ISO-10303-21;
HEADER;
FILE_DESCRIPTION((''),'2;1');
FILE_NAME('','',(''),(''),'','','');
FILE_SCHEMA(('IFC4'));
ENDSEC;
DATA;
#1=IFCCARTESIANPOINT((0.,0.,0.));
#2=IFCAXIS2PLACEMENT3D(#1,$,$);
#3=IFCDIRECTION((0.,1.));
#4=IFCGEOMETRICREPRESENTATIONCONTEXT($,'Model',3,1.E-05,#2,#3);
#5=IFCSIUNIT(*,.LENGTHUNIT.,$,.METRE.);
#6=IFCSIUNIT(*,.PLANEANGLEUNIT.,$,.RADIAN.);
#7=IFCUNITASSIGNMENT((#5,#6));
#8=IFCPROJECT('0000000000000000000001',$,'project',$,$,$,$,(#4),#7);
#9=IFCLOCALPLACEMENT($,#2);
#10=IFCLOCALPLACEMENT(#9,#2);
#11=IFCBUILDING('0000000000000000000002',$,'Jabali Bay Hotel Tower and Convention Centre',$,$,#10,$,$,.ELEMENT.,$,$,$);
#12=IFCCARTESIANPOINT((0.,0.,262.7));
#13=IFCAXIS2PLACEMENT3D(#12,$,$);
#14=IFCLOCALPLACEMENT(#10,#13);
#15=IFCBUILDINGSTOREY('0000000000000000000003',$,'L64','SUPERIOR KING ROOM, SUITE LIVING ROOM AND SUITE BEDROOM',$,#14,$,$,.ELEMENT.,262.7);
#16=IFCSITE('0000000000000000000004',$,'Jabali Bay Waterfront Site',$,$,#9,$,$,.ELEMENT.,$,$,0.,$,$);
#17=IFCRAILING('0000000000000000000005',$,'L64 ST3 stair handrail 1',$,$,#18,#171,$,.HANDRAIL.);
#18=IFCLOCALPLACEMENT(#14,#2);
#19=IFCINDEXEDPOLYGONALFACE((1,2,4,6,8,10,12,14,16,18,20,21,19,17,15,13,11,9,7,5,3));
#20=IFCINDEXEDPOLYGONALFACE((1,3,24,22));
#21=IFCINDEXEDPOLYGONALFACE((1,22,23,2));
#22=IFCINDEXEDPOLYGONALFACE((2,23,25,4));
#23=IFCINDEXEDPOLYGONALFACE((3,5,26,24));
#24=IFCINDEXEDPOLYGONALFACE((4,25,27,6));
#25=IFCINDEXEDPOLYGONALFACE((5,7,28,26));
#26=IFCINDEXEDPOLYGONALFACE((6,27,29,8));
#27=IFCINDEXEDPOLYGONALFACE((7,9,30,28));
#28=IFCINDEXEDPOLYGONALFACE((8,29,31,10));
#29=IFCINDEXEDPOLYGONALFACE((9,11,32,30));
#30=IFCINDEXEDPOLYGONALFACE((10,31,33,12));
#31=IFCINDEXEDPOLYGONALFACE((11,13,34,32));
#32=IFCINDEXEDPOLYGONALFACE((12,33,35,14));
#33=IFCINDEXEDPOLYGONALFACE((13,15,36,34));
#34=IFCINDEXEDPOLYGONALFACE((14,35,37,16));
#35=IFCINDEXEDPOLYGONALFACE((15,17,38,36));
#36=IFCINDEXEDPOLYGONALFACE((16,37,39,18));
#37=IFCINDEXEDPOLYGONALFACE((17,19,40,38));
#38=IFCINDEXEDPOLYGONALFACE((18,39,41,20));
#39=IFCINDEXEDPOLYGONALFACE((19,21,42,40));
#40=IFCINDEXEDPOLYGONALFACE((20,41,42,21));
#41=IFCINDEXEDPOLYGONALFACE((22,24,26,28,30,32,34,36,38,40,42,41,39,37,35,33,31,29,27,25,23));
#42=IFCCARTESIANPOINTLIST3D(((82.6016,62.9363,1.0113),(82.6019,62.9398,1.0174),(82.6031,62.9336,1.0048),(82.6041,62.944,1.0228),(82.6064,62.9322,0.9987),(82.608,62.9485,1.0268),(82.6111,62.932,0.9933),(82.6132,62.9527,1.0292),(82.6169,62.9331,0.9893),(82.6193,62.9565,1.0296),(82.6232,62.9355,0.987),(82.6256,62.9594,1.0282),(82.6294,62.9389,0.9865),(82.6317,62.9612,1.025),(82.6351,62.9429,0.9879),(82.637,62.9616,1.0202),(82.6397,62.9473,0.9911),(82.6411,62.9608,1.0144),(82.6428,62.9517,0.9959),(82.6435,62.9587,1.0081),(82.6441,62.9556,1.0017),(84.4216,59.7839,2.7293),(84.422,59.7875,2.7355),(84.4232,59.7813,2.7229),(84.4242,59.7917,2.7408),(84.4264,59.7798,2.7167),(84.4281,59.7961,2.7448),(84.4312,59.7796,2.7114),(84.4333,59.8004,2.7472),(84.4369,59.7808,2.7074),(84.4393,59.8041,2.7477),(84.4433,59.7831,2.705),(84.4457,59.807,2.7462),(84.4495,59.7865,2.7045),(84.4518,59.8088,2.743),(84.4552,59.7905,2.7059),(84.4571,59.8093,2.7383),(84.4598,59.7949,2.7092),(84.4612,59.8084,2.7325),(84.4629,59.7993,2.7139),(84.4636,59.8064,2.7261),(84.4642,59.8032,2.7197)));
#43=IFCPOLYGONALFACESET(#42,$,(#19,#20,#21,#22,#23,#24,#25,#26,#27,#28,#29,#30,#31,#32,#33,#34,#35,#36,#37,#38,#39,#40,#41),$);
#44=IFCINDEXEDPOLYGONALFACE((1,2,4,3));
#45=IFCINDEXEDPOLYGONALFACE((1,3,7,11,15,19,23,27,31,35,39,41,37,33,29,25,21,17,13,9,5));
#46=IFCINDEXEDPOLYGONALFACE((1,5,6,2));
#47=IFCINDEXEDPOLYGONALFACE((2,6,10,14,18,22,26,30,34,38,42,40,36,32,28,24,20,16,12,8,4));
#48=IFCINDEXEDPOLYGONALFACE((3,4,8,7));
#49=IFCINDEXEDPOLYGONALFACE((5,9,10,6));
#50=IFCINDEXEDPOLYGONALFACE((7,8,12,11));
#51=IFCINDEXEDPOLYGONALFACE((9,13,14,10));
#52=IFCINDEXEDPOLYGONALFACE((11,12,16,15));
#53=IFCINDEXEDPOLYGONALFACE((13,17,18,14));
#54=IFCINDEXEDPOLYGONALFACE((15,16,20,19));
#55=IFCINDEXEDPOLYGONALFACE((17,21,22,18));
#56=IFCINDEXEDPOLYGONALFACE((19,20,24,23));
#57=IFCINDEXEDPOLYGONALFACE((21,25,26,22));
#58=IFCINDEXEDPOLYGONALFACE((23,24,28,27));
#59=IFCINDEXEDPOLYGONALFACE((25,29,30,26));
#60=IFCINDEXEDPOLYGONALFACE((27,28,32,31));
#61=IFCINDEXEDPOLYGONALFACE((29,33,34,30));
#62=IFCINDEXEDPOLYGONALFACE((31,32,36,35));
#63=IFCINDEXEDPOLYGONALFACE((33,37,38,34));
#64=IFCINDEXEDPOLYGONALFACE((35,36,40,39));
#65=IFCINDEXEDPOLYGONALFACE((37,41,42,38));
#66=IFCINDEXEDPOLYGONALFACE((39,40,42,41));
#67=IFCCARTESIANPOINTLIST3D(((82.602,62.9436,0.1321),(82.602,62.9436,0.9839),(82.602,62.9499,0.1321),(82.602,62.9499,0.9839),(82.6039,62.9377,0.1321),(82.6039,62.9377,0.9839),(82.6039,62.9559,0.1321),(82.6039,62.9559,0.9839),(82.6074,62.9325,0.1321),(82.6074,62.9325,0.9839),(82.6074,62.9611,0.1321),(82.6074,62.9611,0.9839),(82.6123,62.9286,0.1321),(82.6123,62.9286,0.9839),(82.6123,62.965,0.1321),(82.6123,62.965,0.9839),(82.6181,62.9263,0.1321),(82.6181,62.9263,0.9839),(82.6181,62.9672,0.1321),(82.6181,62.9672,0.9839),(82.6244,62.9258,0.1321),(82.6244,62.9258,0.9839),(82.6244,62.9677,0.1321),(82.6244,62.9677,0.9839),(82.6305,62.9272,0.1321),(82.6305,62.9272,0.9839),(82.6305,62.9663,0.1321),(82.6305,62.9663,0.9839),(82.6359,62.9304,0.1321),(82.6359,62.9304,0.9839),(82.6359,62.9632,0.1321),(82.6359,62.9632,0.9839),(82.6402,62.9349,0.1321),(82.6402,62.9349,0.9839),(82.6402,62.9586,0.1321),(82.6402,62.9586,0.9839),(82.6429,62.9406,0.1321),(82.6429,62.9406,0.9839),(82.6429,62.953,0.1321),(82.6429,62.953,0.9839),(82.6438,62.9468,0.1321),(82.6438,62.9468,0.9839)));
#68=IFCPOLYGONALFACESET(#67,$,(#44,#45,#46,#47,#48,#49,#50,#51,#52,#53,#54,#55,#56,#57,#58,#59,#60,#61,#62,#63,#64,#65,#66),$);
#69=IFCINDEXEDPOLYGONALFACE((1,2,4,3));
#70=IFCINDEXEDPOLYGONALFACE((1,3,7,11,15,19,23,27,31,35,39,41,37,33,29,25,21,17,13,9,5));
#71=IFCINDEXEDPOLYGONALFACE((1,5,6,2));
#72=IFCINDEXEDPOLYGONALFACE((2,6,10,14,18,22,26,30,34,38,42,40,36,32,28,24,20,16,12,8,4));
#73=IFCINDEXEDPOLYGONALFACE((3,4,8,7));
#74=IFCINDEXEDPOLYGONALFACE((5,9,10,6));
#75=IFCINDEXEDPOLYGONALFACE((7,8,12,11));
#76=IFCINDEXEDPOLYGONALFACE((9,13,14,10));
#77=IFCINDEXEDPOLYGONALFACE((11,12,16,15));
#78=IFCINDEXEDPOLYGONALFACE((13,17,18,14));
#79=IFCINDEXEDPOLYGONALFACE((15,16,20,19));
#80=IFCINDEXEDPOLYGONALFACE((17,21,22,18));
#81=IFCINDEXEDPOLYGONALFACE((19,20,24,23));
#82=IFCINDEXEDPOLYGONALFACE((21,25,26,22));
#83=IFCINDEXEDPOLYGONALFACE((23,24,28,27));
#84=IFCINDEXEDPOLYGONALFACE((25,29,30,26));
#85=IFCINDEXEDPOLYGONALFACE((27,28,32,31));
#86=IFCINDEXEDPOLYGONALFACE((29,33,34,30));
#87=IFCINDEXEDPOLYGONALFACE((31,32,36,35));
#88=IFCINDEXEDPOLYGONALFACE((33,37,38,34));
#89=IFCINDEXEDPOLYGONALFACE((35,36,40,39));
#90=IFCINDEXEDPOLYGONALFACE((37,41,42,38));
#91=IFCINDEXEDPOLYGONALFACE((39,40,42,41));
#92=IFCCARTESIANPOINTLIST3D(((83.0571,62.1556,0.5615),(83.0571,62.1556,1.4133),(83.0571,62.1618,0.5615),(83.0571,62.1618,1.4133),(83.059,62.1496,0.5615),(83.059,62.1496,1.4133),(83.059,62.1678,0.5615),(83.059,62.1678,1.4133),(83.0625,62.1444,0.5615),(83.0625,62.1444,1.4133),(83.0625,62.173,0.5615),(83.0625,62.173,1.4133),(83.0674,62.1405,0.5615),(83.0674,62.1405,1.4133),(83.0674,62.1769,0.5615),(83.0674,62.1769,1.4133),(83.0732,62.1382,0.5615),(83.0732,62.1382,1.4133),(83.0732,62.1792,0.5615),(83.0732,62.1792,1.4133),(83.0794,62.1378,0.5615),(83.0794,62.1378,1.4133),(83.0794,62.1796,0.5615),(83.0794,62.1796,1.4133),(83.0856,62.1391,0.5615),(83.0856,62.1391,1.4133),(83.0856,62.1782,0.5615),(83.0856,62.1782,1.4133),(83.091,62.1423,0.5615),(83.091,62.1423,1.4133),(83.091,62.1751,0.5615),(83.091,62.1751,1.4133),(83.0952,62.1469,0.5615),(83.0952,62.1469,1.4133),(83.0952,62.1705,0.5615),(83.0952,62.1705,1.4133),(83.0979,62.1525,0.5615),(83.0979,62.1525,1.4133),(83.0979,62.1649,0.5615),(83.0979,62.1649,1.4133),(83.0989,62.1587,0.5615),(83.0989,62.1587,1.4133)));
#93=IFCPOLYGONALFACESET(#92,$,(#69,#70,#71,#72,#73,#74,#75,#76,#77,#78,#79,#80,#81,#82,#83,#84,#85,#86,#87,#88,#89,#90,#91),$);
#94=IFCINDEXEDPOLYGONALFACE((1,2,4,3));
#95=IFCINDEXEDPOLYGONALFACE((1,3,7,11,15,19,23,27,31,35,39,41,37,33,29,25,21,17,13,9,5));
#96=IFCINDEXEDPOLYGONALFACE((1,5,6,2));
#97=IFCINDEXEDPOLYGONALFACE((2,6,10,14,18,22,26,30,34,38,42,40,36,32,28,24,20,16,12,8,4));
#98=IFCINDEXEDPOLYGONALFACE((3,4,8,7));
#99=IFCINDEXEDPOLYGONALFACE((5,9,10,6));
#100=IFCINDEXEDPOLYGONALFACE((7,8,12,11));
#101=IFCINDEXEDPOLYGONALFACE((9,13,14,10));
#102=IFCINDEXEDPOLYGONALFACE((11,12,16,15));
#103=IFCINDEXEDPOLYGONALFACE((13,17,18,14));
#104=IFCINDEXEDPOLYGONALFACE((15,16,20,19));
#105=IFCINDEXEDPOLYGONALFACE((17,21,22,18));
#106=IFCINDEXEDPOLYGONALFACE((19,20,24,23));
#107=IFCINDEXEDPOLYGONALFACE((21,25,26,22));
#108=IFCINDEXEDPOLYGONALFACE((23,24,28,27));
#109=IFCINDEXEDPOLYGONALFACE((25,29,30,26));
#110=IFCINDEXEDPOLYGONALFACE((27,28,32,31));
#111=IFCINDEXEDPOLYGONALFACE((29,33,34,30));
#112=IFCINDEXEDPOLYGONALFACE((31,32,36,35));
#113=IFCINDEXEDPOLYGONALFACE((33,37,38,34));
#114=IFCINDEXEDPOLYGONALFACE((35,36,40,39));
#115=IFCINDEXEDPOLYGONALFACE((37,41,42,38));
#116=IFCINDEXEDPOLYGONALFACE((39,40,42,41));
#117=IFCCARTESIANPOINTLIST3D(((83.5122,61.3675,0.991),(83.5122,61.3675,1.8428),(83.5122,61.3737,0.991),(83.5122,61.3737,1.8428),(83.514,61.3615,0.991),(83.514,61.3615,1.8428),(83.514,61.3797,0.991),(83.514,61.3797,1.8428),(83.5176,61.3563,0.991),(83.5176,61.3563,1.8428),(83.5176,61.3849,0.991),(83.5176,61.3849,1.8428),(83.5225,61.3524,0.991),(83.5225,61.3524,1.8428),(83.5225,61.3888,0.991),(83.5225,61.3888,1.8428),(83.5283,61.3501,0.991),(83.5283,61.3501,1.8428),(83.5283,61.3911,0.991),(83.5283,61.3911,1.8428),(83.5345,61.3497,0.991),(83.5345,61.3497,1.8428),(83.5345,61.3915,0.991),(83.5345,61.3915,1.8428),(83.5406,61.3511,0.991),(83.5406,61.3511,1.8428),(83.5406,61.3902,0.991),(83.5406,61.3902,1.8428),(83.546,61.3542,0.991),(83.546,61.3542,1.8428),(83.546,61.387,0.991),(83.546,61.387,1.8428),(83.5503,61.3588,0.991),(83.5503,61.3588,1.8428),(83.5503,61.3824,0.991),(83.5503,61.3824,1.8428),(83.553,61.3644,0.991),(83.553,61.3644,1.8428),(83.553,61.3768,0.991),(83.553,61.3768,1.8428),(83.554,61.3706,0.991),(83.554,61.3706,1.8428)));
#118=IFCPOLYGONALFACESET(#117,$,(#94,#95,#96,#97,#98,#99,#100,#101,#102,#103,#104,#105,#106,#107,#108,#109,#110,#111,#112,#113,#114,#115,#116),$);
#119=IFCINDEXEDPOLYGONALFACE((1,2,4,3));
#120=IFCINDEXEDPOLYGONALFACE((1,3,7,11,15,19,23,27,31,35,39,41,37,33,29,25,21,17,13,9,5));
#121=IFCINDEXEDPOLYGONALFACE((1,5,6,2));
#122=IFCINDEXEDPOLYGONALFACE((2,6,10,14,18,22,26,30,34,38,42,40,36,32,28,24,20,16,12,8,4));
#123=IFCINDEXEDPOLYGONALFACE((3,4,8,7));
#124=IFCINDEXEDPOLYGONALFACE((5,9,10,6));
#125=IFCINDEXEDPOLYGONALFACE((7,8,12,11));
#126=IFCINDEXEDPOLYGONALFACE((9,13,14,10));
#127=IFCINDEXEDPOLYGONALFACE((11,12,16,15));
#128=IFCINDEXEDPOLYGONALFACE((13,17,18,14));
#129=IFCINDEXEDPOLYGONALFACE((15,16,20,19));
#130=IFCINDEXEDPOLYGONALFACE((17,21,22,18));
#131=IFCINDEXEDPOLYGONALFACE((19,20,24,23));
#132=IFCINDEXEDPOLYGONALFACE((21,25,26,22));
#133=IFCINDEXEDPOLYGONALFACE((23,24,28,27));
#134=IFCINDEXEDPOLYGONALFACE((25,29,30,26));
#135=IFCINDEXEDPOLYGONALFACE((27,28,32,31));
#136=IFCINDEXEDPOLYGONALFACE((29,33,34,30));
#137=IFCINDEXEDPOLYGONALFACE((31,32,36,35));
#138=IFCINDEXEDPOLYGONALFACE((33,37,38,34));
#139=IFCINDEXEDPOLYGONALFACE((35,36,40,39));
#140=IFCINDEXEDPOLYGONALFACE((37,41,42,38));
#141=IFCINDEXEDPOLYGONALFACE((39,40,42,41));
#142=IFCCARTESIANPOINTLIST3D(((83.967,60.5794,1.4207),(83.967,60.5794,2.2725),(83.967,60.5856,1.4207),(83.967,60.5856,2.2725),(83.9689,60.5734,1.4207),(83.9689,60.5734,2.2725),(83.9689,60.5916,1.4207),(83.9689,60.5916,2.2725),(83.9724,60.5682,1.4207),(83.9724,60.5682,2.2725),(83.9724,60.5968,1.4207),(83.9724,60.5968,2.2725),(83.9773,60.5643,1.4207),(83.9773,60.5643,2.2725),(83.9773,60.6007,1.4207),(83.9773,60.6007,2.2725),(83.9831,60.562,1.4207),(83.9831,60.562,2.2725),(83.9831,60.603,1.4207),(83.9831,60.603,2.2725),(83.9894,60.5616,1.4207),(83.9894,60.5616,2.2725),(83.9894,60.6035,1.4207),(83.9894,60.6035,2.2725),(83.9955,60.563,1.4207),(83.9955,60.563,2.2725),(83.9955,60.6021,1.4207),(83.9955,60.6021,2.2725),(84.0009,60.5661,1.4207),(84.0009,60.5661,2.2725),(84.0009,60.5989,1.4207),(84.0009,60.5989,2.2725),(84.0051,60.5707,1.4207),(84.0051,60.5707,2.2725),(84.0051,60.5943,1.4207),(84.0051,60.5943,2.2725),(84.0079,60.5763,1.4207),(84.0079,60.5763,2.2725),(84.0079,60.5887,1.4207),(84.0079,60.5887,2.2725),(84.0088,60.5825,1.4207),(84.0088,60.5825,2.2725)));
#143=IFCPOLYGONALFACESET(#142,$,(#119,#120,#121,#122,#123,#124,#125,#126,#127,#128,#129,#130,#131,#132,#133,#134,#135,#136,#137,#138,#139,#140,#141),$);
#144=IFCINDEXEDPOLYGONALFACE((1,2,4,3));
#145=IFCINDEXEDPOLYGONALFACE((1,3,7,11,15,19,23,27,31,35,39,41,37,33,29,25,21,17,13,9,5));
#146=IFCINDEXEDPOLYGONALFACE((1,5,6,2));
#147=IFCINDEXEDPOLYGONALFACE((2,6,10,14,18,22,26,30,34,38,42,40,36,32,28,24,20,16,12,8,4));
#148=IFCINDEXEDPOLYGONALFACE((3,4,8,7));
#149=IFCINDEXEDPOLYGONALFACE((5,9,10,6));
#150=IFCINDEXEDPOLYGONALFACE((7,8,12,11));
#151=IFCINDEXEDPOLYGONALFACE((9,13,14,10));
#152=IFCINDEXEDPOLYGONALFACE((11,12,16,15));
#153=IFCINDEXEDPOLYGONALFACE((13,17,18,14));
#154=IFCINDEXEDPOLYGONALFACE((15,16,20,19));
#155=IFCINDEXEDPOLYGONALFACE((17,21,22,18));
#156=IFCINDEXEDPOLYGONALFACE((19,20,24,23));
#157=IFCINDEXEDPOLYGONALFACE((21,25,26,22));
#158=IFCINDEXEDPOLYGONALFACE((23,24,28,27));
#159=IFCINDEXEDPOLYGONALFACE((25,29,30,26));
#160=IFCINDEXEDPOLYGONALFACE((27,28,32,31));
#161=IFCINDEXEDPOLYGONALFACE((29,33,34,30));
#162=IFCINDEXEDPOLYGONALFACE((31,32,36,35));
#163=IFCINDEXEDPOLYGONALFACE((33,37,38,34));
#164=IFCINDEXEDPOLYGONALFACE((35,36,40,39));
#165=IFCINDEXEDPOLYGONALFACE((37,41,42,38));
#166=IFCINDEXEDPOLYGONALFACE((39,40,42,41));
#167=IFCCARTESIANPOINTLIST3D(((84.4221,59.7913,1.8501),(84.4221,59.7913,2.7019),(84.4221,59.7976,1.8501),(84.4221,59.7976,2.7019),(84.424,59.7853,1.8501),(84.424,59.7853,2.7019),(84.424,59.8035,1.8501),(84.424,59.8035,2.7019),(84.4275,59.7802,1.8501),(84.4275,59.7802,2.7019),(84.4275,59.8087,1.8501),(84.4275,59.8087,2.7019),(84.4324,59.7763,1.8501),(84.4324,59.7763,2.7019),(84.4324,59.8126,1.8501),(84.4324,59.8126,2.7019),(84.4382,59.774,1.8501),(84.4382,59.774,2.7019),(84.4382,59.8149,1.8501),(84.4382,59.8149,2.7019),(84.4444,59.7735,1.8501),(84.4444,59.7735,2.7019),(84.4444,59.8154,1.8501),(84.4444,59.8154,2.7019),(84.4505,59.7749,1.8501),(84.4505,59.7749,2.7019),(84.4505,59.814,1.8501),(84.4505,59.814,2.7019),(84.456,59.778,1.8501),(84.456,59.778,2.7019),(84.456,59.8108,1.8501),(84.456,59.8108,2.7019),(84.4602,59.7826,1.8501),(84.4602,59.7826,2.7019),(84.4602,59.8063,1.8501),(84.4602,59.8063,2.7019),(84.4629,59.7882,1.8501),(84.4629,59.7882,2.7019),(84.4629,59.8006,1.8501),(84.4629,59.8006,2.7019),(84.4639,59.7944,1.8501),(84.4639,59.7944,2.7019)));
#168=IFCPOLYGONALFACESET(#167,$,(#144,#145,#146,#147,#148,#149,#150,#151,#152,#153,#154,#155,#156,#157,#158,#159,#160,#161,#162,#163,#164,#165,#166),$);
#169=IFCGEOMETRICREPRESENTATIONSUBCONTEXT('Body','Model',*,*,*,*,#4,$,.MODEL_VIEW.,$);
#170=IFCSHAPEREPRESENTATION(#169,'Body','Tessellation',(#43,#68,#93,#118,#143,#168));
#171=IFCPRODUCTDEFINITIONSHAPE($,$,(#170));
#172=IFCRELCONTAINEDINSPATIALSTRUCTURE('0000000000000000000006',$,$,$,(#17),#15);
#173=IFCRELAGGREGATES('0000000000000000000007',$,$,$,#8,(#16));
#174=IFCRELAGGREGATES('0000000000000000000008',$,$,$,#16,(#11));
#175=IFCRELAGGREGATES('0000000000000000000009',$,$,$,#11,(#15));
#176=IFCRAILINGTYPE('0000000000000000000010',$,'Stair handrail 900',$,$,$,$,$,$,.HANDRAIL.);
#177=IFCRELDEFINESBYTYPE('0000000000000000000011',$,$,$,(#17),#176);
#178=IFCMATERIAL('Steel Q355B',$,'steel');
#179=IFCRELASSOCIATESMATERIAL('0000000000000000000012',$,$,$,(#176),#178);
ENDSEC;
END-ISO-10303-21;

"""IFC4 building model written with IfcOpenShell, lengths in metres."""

from ifc_helpers import new_model, si_unit, direction, frame, origin, origin_2d, place, context, subcontext, project, spatial, circle, extrude, material, type_object, element, save


model = new_model("IFC4")

# Units and contexts
model_context = context("Model", 3, precision=1e-05, world=origin(), true_north=direction((0.0, 1.0)))
body_context = subcontext(model_context, "Body", "Model", "MODEL_VIEW")
ifc_project = project(units=[si_unit("LENGTHUNIT", "METRE"), si_unit("PLANEANGLEUNIT", "RADIAN")], contexts=[model_context])

# Site, building, storey
site_placement = place(None, origin())
site = spatial("IfcSite", under=ifc_project, at=site_placement, Name="Jabali Bay Waterfront Site", CompositionType="ELEMENT", RefElevation=0.0)
building_placement = place(site_placement, origin())
building = spatial("IfcBuilding", under=site, at=building_placement, Name="Jabali Bay Hotel Tower and Convention Centre", CompositionType="ELEMENT")
storey_placement = place(building_placement, frame((0.0, 0.0, 262.7)))
storey = spatial("IfcBuildingStorey", under=building, at=storey_placement, Name="L64", Description="SUPERIOR KING ROOM, SUITE LIVING ROOM AND SUITE BEDROOM", CompositionType="ELEMENT", Elevation=262.7)

# Railing
ifc_material_1 = material(Name="Steel Q355B", Category="steel")
railing_type_1 = type_object("IfcRailingType", Name="Stair handrail 900", PredefinedType="HANDRAIL", material=ifc_material_1)
railing_1_placement = place(storey_placement, frame((82.6228, 62.9468, 0.1321)))
element("IfcRailing", 1, at=railing_1_placement, inside=storey, type_object=railing_type_1, Name="L64 ST3 stair handrail 1", PredefinedType="HANDRAIL", context=body_context, shape_type="SweptSolid", body=[
    extrude(circle(Radius=0.0239, at=origin_2d()), frame((0.0, 0.0, 0.876), z_axis=(0.452179, -0.78317, 0.426825), x_axis=(0.866018, 0.500013, 0.0)), (0.0, 0.0, 1.0), 4.0251),
    extrude(circle(Radius=0.021, at=origin_2d()), origin(), (0.0, 0.0, 1.0), 0.8518),
    extrude(circle(Radius=0.021, at=origin_2d()), frame((0.4551, -0.7881, 0.4294)), (0.0, 0.0, 1.0), 0.8518),
    extrude(circle(Radius=0.021, at=origin_2d()), frame((0.9102, -1.5762, 0.8589)), (0.0, 0.0, 1.0), 0.8518),
    extrude(circle(Radius=0.021, at=origin_2d()), frame((1.365, -2.3643, 1.2886)), (0.0, 0.0, 1.0), 0.8518),
    extrude(circle(Radius=0.021, at=origin_2d()), frame((1.8201, -3.1523, 1.718)), (0.0, 0.0, 1.0), 0.8518),
])

save(model, "model.ifc")
